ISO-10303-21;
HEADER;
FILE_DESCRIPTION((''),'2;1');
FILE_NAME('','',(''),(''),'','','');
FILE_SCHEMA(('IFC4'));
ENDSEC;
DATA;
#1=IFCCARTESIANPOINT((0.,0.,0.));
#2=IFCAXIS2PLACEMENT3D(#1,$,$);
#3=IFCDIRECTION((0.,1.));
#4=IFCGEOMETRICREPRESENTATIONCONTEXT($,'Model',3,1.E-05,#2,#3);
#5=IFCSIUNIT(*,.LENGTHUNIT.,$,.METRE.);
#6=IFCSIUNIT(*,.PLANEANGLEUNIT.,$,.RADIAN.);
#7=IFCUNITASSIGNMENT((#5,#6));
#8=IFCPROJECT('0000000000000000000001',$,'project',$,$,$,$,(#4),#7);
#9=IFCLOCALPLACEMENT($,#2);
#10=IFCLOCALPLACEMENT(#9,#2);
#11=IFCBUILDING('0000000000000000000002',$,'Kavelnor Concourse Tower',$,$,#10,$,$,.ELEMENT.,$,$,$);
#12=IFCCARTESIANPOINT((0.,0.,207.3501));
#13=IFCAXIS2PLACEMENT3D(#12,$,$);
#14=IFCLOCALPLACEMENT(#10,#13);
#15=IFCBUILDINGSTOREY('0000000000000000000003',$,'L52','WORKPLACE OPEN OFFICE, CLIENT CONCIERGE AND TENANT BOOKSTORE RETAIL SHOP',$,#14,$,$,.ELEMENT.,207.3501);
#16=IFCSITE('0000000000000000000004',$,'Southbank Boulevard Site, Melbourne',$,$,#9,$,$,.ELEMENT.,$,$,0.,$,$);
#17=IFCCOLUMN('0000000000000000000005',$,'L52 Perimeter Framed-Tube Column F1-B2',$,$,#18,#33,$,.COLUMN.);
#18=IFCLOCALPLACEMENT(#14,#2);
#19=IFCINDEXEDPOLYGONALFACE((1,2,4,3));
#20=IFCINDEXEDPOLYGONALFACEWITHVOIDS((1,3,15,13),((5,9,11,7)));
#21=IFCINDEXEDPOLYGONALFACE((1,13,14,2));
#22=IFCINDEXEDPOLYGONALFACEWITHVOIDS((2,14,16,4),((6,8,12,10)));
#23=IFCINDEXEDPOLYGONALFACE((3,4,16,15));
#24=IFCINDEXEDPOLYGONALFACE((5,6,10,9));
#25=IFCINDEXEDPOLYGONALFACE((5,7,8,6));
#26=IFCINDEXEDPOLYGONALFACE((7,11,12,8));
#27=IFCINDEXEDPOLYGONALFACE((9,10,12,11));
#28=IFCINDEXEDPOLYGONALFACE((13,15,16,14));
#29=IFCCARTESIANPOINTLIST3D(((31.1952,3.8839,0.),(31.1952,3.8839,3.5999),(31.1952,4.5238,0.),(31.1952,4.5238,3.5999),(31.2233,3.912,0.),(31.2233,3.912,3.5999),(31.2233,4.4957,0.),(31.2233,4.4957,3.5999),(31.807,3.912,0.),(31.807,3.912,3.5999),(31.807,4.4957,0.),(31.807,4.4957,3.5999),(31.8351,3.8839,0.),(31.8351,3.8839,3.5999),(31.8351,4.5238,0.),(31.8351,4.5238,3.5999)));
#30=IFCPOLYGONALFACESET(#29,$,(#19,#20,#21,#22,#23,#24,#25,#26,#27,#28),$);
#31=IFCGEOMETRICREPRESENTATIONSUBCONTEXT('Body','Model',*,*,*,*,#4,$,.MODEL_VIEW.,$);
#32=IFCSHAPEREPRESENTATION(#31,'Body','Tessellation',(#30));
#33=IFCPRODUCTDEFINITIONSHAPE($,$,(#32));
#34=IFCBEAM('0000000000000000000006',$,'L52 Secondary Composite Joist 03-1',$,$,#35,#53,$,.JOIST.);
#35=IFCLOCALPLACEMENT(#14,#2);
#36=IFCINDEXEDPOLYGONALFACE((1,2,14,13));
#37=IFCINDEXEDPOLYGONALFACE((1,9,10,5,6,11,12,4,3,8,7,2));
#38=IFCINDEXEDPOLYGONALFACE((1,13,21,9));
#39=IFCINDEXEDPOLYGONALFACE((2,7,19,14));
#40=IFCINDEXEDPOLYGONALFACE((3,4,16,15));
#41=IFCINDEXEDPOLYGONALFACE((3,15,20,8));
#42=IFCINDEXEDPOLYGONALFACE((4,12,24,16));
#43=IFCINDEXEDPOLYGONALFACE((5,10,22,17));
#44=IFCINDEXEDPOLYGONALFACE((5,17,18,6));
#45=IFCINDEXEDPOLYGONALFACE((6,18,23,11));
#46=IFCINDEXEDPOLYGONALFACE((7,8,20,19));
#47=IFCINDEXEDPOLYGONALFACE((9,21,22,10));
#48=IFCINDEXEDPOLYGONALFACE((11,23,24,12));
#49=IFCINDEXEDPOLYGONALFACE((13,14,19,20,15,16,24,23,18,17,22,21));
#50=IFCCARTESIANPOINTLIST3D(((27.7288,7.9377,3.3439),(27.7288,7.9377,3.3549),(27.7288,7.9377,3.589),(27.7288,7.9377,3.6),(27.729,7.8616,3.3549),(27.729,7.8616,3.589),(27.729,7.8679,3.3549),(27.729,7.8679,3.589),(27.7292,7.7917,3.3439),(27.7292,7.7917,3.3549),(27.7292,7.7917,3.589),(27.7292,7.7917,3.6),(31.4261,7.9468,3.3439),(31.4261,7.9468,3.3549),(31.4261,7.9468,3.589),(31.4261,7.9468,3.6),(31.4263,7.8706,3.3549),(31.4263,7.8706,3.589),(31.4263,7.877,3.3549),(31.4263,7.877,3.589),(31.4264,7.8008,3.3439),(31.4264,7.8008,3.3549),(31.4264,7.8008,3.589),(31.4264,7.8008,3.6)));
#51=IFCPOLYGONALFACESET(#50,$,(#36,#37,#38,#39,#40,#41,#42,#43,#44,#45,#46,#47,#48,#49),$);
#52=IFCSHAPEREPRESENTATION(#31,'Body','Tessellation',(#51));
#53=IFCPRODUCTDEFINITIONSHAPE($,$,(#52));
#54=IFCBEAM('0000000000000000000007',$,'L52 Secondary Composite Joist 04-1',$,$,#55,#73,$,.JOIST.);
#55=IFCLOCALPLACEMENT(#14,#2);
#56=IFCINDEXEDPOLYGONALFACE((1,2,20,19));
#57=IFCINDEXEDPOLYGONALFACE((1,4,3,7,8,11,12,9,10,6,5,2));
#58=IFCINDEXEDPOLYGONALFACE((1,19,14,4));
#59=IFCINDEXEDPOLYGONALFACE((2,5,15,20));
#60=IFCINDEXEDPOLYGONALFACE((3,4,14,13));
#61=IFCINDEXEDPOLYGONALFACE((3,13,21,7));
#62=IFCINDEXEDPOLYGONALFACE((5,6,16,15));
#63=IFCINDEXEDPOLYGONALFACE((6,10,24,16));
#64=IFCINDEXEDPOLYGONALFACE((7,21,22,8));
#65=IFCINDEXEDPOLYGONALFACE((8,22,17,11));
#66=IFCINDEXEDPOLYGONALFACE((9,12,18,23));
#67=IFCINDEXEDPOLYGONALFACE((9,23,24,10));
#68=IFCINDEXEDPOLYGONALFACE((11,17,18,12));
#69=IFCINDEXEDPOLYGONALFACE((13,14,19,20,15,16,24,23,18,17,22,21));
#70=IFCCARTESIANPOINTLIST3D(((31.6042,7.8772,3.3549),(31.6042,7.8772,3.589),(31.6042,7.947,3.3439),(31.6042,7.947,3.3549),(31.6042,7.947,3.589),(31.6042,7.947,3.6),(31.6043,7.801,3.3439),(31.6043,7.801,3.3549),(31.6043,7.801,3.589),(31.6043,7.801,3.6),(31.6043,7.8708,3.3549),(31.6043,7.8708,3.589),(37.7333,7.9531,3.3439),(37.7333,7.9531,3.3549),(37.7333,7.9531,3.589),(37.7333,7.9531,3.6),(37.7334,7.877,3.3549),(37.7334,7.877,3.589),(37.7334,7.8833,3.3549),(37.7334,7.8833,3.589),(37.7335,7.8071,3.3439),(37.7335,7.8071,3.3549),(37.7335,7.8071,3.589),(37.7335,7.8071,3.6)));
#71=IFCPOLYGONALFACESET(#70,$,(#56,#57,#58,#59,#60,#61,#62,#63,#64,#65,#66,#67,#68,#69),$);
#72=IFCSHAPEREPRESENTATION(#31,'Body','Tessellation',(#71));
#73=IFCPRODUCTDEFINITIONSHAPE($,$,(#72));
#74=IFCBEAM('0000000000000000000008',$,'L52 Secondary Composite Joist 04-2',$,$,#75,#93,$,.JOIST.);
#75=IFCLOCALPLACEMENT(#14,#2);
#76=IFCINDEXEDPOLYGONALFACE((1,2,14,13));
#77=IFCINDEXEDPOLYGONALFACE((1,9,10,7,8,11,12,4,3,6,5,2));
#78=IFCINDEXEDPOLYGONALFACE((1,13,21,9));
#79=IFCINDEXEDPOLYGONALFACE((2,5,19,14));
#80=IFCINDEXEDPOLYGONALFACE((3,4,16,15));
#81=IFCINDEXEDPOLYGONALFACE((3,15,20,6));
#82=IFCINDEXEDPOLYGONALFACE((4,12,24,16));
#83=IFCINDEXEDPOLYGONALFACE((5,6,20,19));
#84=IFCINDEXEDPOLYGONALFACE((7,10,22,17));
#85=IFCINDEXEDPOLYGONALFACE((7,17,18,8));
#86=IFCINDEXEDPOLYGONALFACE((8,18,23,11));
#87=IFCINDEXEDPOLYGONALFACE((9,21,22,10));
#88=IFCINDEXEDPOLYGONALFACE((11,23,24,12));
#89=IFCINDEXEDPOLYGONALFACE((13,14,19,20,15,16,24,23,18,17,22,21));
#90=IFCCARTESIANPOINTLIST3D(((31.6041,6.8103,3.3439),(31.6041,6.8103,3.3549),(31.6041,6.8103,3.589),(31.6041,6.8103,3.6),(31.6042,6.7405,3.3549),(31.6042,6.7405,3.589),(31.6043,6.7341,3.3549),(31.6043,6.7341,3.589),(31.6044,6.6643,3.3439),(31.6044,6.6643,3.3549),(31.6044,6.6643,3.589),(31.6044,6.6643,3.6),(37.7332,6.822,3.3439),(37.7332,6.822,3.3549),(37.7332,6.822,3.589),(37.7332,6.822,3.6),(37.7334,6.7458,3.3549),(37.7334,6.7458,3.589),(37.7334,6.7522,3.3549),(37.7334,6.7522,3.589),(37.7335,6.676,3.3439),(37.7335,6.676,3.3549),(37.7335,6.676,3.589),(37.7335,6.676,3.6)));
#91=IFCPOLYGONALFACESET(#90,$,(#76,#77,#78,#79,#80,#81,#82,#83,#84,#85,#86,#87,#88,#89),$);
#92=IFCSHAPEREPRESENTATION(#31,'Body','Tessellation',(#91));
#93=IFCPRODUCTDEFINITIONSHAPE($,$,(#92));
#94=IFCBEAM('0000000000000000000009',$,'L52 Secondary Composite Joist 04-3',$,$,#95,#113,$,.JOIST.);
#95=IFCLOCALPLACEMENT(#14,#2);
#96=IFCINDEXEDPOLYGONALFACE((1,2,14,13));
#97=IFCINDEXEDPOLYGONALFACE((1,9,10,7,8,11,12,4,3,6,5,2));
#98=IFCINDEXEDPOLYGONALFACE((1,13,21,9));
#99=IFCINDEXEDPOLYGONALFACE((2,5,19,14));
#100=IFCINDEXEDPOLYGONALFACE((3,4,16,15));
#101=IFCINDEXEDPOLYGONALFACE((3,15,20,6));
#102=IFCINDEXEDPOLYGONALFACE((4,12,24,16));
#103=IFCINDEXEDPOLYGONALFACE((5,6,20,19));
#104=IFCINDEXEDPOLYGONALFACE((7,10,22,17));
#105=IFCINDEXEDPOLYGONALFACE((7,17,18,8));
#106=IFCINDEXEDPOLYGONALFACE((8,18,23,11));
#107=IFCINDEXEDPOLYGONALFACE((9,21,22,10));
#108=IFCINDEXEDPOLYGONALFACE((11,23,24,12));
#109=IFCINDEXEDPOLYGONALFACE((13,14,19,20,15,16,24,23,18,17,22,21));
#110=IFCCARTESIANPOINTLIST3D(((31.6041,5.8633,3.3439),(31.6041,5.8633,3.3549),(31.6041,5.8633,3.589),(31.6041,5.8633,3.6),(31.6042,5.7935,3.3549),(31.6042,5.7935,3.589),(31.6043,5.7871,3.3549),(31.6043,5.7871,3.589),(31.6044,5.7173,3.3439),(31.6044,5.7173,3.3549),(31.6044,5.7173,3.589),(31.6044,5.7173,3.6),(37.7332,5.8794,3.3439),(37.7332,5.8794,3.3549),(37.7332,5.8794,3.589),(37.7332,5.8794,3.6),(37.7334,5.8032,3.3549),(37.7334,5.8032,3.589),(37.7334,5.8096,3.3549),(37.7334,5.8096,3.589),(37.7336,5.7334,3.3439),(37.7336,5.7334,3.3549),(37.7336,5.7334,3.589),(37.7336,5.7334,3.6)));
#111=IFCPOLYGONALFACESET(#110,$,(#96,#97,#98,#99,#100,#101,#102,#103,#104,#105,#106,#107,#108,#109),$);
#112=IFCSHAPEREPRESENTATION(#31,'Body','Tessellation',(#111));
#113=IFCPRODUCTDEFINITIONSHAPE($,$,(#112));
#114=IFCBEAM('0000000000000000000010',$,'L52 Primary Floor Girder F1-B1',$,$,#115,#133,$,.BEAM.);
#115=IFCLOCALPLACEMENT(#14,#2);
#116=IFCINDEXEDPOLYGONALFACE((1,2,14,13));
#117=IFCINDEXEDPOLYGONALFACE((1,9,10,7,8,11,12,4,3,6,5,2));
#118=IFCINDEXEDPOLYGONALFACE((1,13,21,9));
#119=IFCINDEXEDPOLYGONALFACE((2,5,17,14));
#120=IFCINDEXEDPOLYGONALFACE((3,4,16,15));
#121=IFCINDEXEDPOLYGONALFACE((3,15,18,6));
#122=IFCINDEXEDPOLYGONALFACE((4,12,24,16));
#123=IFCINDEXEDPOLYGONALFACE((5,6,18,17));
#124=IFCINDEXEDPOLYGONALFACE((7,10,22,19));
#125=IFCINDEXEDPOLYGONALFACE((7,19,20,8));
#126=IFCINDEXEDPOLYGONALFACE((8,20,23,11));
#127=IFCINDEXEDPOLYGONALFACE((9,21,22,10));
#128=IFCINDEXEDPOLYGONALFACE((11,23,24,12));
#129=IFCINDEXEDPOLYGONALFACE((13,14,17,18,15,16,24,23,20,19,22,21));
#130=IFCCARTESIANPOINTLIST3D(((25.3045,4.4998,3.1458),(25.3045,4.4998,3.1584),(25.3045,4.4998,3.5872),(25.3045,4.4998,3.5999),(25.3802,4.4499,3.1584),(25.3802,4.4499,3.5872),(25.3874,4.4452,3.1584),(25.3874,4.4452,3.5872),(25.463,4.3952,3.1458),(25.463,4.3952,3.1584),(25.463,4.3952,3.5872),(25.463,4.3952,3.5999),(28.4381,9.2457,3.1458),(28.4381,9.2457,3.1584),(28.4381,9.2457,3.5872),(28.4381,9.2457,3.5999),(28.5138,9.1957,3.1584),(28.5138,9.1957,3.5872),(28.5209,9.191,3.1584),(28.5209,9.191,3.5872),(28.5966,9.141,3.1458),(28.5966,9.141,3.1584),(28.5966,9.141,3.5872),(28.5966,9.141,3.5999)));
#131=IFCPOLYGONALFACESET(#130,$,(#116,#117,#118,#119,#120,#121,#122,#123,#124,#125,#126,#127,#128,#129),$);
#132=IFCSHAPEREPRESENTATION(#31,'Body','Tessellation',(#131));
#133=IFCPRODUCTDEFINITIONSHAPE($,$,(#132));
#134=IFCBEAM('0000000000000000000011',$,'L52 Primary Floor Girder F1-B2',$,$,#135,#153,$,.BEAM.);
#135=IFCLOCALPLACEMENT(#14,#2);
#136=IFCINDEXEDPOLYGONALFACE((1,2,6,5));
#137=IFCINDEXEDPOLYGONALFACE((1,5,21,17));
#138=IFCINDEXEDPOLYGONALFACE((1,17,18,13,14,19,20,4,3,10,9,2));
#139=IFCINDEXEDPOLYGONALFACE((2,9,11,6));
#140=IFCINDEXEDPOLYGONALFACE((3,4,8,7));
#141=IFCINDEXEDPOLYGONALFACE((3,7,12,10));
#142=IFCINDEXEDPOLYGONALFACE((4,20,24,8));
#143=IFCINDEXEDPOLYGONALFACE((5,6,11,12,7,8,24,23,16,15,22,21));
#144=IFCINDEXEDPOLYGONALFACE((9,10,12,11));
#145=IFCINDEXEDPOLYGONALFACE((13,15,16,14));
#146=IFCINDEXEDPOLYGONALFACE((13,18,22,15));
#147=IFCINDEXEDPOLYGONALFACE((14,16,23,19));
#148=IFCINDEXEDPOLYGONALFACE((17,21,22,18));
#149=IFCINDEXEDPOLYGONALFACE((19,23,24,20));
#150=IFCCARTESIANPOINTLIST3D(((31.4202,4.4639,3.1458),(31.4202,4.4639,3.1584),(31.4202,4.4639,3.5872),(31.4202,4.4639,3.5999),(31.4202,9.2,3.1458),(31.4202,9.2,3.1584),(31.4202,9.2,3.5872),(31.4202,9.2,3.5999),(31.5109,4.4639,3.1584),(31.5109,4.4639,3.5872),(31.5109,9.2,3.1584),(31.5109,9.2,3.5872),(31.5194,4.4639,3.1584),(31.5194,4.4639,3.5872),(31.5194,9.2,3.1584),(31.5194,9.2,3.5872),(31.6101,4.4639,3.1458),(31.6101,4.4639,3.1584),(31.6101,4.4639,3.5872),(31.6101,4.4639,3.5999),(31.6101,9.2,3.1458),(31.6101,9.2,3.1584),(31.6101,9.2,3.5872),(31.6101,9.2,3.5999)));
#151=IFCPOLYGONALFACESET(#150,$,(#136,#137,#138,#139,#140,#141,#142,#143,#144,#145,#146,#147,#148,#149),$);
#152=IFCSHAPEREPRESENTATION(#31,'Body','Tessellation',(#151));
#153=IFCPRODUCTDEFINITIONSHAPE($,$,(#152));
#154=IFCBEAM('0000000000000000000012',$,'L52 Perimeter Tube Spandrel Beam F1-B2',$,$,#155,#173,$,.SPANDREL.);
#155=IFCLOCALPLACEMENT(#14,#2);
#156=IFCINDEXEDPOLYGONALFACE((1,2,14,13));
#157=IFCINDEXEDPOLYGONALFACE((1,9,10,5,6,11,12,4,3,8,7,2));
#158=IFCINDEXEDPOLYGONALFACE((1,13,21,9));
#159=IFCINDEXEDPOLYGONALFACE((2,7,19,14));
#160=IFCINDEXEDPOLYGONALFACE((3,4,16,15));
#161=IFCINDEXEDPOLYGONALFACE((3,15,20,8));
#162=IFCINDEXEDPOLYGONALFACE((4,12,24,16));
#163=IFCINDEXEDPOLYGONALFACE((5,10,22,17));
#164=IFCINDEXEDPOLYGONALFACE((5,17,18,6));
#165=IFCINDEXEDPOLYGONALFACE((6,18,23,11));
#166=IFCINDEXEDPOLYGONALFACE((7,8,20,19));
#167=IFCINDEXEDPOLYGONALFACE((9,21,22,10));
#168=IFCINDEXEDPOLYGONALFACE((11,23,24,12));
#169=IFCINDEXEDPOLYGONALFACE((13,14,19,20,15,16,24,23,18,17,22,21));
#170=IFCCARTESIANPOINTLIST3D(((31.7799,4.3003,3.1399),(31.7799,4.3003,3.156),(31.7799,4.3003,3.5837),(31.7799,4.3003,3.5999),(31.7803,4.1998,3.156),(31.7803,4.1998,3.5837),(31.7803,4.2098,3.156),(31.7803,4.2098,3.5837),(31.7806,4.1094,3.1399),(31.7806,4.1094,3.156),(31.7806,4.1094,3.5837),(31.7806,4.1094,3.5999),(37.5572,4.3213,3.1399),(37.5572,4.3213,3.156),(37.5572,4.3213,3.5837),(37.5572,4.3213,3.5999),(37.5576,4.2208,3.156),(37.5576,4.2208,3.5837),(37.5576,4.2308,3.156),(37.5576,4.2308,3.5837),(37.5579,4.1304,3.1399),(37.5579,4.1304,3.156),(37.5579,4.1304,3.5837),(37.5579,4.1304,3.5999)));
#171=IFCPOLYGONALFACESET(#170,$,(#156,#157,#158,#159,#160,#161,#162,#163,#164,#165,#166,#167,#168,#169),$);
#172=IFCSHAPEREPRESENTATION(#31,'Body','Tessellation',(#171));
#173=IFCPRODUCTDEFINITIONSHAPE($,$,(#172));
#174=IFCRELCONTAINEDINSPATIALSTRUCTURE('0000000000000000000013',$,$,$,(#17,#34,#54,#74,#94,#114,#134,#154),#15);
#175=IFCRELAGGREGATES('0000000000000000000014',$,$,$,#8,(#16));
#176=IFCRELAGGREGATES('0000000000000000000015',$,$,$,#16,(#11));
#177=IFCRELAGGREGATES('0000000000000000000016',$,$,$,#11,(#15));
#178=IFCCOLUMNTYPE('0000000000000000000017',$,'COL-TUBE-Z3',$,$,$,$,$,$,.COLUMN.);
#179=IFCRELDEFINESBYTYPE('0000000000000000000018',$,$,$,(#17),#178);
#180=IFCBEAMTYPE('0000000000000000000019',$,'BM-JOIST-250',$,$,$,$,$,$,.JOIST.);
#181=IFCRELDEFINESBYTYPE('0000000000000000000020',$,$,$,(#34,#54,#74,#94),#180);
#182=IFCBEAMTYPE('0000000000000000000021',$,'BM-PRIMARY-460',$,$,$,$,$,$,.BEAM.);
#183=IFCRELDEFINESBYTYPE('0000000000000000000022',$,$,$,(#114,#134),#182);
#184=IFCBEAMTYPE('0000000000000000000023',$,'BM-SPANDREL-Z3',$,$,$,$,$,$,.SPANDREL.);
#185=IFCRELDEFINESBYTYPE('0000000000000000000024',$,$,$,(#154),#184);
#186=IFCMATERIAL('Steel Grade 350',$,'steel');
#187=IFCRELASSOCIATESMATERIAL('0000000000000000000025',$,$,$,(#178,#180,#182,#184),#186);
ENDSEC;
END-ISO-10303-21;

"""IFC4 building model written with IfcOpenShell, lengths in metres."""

from ifc_helpers import new_model, si_unit, direction, frame, origin, origin_2d, place, context, subcontext, project, spatial, hollow_rectangle, i_section, extrude, material, material_profile, profile_set, type_object, element, save


model = new_model("IFC4")

# Units and contexts
model_context = context("Model", 3, precision=1e-05, world=origin(), true_north=direction((0.0, 1.0)))
body_context = subcontext(model_context, "Body", "Model", "MODEL_VIEW")
ifc_project = project(units=[si_unit("LENGTHUNIT", "METRE"), si_unit("PLANEANGLEUNIT", "RADIAN")], contexts=[model_context])

# Site, building, storey
site_placement = place(None, origin())
site = spatial("IfcSite", under=ifc_project, at=site_placement, Name="Southbank Boulevard Site, Melbourne", CompositionType="ELEMENT", RefElevation=0.0)
building_placement = place(site_placement, origin())
building = spatial("IfcBuilding", under=site, at=building_placement, Name="Kavelnor Concourse Tower", CompositionType="ELEMENT")
storey_placement = place(building_placement, frame((0.0, 0.0, 207.3501)))
storey = spatial("IfcBuildingStorey", under=building, at=storey_placement, Name="L52", Description="WORKPLACE OPEN OFFICE, CLIENT CONCIERGE AND TENANT BOOKSTORE RETAIL SHOP", CompositionType="ELEMENT", Elevation=207.3501)

# Column
ifc_material_1 = material(Name="Steel Grade 350", Category="steel")
ifc_material_profile_1 = material_profile(ifc_material_1, hollow_rectangle(XDim=0.6399, YDim=0.6399, WallThickness=0.0281, at=origin_2d()), Name="SHS 640x640x28")
ifc_profile_set_1 = profile_set([ifc_material_profile_1], Name="Steel Grade 350")
column_type = type_object("IfcColumnType", Name="COL-TUBE-Z3", PredefinedType="COLUMN", material=ifc_profile_set_1)
column_placement = place(storey_placement, frame((31.5151, 4.2039, 0.0), z_axis=(0.0, 0.0, 1.0), x_axis=(1.0, 0.0, 0.0)))
element("IfcColumn", 1, at=column_placement, inside=storey, type_object=column_type, Name="L52 Perimeter Framed-Tube Column F1-B2", PredefinedType="COLUMN", context=body_context, shape_type="SweptSolid", body=[
    extrude(hollow_rectangle(XDim=0.6399, YDim=0.6399, WallThickness=0.0281, at=origin_2d()), origin(), (0.0, 0.0, 1.0), 3.5999),
])

# Beams
ifc_material_profile_2 = material_profile(ifc_material_1, i_section(OverallWidth=0.146, OverallDepth=0.2561, WebThickness=0.0063, FlangeThickness=0.011, at=origin_2d()), Name="250UB37")
ifc_profile_set_2 = profile_set([ifc_material_profile_2], Name="Steel Grade 350")
beam_type_1 = type_object("IfcBeamType", Name="BM-JOIST-250", PredefinedType="JOIST", material=ifc_profile_set_2)
beam_1_placement = place(storey_placement, frame((27.729, 7.8647, 3.4719), z_axis=(0.999997, 0.002443, 0.0), x_axis=(-0.002443, 0.999997, 0.0)))
element("IfcBeam", 2, at=beam_1_placement, inside=storey, type_object=beam_type_1, Name="L52 Secondary Composite Joist 03-1", PredefinedType="JOIST", context=body_context, shape_type="SweptSolid", body=[
    extrude(i_section(OverallWidth=0.146, OverallDepth=0.2561, WebThickness=0.0063, FlangeThickness=0.011, at=origin_2d()), origin(), (0.0, 0.0, 1.0), 3.6973),
])
for number, where, z_axis, x_axis, name in (
    (3, (31.6042, 7.874, 3.4719), (1.0, 0.000996, 0.0), (-0.000996, 1.0, 0.0), "L52 Secondary Composite Joist 04-1"),
    (4, (31.6042, 6.7373, 3.4719), (0.999998, 0.001912, 0.0), (-0.001912, 0.999998, 0.0), "L52 Secondary Composite Joist 04-2"),
    (5, (31.6042, 5.7903, 3.4719), (0.999997, 0.002629, 0.0), (-0.002629, 0.999997, 0.0), "L52 Secondary Composite Joist 04-3"),
):
    element("IfcBeam", number, at=place(storey_placement, frame(where, z_axis=z_axis, x_axis=x_axis)), inside=storey, type_object=beam_type_1, Name=name, PredefinedType="JOIST", context=body_context, shape_type="SweptSolid", body=[
        extrude(i_section(OverallWidth=0.146, OverallDepth=0.2561, WebThickness=0.0063, FlangeThickness=0.011, at=origin_2d()), origin(), (0.0, 0.0, 1.0), 6.1292),
    ])
ifc_material_profile_3 = material_profile(ifc_material_1, i_section(OverallWidth=0.1899, OverallDepth=0.4541, WebThickness=0.0085, FlangeThickness=0.0127, at=origin_2d()), Name="460UB67")
ifc_profile_set_3 = profile_set([ifc_material_profile_3], Name="Steel Grade 350")
beam_type_2 = type_object("IfcBeamType", Name="BM-PRIMARY-460", PredefinedType="BEAM", material=ifc_profile_set_3)
beam_2_placement = place(storey_placement, frame((28.5173, 9.1934, 3.3728), z_axis=(-0.550999, -0.834506, 0.0), x_axis=(0.834506, -0.550999, 0.0)))
element("IfcBeam", 6, at=beam_2_placement, inside=storey, type_object=beam_type_2, Name="L52 Primary Floor Girder F1-B1", PredefinedType="BEAM", context=body_context, shape_type="SweptSolid", body=[
    extrude(i_section(OverallWidth=0.1899, OverallDepth=0.4541, WebThickness=0.0085, FlangeThickness=0.0127, at=origin_2d()), origin(), (0.0, 0.0, 1.0), 5.687),
])
beam_3_placement = place(storey_placement, frame((31.5151, 9.2, 3.3728), z_axis=(0.0, -1.0, 0.0), x_axis=(1.0, 0.0, 0.0)))
element("IfcBeam", 7, at=beam_3_placement, inside=storey, type_object=beam_type_2, Name="L52 Primary Floor Girder F1-B2", PredefinedType="BEAM", context=body_context, shape_type="SweptSolid", body=[
    extrude(i_section(OverallWidth=0.1899, OverallDepth=0.4541, WebThickness=0.0085, FlangeThickness=0.0127, at=origin_2d()), origin(), (0.0, 0.0, 1.0), 4.7361),
])
ifc_material_profile_4 = material_profile(ifc_material_1, i_section(OverallWidth=0.1909, OverallDepth=0.46, WebThickness=0.01, FlangeThickness=0.0161, at=origin_2d()), Name="460UB82")
ifc_profile_set_4 = profile_set([ifc_material_profile_4], Name="Steel Grade 350")
beam_type_3 = type_object("IfcBeamType", Name="BM-SPANDREL-Z3", PredefinedType="SPANDREL", material=ifc_profile_set_4)
beam_4_placement = place(storey_placement, frame((31.7803, 4.2048, 3.3699), z_axis=(0.999993, 0.003634, 0.0), x_axis=(-0.003634, 0.999993, 0.0)))
element("IfcBeam", 8, at=beam_4_placement, inside=storey, type_object=beam_type_3, Name="L52 Perimeter Tube Spandrel Beam F1-B2", PredefinedType="SPANDREL", context=body_context, shape_type="SweptSolid", body=[
    extrude(i_section(OverallWidth=0.1909, OverallDepth=0.46, WebThickness=0.01, FlangeThickness=0.0161, at=origin_2d()), origin(), (0.0, 0.0, 1.0), 5.7773),
])

save(model, "model.ifc")
